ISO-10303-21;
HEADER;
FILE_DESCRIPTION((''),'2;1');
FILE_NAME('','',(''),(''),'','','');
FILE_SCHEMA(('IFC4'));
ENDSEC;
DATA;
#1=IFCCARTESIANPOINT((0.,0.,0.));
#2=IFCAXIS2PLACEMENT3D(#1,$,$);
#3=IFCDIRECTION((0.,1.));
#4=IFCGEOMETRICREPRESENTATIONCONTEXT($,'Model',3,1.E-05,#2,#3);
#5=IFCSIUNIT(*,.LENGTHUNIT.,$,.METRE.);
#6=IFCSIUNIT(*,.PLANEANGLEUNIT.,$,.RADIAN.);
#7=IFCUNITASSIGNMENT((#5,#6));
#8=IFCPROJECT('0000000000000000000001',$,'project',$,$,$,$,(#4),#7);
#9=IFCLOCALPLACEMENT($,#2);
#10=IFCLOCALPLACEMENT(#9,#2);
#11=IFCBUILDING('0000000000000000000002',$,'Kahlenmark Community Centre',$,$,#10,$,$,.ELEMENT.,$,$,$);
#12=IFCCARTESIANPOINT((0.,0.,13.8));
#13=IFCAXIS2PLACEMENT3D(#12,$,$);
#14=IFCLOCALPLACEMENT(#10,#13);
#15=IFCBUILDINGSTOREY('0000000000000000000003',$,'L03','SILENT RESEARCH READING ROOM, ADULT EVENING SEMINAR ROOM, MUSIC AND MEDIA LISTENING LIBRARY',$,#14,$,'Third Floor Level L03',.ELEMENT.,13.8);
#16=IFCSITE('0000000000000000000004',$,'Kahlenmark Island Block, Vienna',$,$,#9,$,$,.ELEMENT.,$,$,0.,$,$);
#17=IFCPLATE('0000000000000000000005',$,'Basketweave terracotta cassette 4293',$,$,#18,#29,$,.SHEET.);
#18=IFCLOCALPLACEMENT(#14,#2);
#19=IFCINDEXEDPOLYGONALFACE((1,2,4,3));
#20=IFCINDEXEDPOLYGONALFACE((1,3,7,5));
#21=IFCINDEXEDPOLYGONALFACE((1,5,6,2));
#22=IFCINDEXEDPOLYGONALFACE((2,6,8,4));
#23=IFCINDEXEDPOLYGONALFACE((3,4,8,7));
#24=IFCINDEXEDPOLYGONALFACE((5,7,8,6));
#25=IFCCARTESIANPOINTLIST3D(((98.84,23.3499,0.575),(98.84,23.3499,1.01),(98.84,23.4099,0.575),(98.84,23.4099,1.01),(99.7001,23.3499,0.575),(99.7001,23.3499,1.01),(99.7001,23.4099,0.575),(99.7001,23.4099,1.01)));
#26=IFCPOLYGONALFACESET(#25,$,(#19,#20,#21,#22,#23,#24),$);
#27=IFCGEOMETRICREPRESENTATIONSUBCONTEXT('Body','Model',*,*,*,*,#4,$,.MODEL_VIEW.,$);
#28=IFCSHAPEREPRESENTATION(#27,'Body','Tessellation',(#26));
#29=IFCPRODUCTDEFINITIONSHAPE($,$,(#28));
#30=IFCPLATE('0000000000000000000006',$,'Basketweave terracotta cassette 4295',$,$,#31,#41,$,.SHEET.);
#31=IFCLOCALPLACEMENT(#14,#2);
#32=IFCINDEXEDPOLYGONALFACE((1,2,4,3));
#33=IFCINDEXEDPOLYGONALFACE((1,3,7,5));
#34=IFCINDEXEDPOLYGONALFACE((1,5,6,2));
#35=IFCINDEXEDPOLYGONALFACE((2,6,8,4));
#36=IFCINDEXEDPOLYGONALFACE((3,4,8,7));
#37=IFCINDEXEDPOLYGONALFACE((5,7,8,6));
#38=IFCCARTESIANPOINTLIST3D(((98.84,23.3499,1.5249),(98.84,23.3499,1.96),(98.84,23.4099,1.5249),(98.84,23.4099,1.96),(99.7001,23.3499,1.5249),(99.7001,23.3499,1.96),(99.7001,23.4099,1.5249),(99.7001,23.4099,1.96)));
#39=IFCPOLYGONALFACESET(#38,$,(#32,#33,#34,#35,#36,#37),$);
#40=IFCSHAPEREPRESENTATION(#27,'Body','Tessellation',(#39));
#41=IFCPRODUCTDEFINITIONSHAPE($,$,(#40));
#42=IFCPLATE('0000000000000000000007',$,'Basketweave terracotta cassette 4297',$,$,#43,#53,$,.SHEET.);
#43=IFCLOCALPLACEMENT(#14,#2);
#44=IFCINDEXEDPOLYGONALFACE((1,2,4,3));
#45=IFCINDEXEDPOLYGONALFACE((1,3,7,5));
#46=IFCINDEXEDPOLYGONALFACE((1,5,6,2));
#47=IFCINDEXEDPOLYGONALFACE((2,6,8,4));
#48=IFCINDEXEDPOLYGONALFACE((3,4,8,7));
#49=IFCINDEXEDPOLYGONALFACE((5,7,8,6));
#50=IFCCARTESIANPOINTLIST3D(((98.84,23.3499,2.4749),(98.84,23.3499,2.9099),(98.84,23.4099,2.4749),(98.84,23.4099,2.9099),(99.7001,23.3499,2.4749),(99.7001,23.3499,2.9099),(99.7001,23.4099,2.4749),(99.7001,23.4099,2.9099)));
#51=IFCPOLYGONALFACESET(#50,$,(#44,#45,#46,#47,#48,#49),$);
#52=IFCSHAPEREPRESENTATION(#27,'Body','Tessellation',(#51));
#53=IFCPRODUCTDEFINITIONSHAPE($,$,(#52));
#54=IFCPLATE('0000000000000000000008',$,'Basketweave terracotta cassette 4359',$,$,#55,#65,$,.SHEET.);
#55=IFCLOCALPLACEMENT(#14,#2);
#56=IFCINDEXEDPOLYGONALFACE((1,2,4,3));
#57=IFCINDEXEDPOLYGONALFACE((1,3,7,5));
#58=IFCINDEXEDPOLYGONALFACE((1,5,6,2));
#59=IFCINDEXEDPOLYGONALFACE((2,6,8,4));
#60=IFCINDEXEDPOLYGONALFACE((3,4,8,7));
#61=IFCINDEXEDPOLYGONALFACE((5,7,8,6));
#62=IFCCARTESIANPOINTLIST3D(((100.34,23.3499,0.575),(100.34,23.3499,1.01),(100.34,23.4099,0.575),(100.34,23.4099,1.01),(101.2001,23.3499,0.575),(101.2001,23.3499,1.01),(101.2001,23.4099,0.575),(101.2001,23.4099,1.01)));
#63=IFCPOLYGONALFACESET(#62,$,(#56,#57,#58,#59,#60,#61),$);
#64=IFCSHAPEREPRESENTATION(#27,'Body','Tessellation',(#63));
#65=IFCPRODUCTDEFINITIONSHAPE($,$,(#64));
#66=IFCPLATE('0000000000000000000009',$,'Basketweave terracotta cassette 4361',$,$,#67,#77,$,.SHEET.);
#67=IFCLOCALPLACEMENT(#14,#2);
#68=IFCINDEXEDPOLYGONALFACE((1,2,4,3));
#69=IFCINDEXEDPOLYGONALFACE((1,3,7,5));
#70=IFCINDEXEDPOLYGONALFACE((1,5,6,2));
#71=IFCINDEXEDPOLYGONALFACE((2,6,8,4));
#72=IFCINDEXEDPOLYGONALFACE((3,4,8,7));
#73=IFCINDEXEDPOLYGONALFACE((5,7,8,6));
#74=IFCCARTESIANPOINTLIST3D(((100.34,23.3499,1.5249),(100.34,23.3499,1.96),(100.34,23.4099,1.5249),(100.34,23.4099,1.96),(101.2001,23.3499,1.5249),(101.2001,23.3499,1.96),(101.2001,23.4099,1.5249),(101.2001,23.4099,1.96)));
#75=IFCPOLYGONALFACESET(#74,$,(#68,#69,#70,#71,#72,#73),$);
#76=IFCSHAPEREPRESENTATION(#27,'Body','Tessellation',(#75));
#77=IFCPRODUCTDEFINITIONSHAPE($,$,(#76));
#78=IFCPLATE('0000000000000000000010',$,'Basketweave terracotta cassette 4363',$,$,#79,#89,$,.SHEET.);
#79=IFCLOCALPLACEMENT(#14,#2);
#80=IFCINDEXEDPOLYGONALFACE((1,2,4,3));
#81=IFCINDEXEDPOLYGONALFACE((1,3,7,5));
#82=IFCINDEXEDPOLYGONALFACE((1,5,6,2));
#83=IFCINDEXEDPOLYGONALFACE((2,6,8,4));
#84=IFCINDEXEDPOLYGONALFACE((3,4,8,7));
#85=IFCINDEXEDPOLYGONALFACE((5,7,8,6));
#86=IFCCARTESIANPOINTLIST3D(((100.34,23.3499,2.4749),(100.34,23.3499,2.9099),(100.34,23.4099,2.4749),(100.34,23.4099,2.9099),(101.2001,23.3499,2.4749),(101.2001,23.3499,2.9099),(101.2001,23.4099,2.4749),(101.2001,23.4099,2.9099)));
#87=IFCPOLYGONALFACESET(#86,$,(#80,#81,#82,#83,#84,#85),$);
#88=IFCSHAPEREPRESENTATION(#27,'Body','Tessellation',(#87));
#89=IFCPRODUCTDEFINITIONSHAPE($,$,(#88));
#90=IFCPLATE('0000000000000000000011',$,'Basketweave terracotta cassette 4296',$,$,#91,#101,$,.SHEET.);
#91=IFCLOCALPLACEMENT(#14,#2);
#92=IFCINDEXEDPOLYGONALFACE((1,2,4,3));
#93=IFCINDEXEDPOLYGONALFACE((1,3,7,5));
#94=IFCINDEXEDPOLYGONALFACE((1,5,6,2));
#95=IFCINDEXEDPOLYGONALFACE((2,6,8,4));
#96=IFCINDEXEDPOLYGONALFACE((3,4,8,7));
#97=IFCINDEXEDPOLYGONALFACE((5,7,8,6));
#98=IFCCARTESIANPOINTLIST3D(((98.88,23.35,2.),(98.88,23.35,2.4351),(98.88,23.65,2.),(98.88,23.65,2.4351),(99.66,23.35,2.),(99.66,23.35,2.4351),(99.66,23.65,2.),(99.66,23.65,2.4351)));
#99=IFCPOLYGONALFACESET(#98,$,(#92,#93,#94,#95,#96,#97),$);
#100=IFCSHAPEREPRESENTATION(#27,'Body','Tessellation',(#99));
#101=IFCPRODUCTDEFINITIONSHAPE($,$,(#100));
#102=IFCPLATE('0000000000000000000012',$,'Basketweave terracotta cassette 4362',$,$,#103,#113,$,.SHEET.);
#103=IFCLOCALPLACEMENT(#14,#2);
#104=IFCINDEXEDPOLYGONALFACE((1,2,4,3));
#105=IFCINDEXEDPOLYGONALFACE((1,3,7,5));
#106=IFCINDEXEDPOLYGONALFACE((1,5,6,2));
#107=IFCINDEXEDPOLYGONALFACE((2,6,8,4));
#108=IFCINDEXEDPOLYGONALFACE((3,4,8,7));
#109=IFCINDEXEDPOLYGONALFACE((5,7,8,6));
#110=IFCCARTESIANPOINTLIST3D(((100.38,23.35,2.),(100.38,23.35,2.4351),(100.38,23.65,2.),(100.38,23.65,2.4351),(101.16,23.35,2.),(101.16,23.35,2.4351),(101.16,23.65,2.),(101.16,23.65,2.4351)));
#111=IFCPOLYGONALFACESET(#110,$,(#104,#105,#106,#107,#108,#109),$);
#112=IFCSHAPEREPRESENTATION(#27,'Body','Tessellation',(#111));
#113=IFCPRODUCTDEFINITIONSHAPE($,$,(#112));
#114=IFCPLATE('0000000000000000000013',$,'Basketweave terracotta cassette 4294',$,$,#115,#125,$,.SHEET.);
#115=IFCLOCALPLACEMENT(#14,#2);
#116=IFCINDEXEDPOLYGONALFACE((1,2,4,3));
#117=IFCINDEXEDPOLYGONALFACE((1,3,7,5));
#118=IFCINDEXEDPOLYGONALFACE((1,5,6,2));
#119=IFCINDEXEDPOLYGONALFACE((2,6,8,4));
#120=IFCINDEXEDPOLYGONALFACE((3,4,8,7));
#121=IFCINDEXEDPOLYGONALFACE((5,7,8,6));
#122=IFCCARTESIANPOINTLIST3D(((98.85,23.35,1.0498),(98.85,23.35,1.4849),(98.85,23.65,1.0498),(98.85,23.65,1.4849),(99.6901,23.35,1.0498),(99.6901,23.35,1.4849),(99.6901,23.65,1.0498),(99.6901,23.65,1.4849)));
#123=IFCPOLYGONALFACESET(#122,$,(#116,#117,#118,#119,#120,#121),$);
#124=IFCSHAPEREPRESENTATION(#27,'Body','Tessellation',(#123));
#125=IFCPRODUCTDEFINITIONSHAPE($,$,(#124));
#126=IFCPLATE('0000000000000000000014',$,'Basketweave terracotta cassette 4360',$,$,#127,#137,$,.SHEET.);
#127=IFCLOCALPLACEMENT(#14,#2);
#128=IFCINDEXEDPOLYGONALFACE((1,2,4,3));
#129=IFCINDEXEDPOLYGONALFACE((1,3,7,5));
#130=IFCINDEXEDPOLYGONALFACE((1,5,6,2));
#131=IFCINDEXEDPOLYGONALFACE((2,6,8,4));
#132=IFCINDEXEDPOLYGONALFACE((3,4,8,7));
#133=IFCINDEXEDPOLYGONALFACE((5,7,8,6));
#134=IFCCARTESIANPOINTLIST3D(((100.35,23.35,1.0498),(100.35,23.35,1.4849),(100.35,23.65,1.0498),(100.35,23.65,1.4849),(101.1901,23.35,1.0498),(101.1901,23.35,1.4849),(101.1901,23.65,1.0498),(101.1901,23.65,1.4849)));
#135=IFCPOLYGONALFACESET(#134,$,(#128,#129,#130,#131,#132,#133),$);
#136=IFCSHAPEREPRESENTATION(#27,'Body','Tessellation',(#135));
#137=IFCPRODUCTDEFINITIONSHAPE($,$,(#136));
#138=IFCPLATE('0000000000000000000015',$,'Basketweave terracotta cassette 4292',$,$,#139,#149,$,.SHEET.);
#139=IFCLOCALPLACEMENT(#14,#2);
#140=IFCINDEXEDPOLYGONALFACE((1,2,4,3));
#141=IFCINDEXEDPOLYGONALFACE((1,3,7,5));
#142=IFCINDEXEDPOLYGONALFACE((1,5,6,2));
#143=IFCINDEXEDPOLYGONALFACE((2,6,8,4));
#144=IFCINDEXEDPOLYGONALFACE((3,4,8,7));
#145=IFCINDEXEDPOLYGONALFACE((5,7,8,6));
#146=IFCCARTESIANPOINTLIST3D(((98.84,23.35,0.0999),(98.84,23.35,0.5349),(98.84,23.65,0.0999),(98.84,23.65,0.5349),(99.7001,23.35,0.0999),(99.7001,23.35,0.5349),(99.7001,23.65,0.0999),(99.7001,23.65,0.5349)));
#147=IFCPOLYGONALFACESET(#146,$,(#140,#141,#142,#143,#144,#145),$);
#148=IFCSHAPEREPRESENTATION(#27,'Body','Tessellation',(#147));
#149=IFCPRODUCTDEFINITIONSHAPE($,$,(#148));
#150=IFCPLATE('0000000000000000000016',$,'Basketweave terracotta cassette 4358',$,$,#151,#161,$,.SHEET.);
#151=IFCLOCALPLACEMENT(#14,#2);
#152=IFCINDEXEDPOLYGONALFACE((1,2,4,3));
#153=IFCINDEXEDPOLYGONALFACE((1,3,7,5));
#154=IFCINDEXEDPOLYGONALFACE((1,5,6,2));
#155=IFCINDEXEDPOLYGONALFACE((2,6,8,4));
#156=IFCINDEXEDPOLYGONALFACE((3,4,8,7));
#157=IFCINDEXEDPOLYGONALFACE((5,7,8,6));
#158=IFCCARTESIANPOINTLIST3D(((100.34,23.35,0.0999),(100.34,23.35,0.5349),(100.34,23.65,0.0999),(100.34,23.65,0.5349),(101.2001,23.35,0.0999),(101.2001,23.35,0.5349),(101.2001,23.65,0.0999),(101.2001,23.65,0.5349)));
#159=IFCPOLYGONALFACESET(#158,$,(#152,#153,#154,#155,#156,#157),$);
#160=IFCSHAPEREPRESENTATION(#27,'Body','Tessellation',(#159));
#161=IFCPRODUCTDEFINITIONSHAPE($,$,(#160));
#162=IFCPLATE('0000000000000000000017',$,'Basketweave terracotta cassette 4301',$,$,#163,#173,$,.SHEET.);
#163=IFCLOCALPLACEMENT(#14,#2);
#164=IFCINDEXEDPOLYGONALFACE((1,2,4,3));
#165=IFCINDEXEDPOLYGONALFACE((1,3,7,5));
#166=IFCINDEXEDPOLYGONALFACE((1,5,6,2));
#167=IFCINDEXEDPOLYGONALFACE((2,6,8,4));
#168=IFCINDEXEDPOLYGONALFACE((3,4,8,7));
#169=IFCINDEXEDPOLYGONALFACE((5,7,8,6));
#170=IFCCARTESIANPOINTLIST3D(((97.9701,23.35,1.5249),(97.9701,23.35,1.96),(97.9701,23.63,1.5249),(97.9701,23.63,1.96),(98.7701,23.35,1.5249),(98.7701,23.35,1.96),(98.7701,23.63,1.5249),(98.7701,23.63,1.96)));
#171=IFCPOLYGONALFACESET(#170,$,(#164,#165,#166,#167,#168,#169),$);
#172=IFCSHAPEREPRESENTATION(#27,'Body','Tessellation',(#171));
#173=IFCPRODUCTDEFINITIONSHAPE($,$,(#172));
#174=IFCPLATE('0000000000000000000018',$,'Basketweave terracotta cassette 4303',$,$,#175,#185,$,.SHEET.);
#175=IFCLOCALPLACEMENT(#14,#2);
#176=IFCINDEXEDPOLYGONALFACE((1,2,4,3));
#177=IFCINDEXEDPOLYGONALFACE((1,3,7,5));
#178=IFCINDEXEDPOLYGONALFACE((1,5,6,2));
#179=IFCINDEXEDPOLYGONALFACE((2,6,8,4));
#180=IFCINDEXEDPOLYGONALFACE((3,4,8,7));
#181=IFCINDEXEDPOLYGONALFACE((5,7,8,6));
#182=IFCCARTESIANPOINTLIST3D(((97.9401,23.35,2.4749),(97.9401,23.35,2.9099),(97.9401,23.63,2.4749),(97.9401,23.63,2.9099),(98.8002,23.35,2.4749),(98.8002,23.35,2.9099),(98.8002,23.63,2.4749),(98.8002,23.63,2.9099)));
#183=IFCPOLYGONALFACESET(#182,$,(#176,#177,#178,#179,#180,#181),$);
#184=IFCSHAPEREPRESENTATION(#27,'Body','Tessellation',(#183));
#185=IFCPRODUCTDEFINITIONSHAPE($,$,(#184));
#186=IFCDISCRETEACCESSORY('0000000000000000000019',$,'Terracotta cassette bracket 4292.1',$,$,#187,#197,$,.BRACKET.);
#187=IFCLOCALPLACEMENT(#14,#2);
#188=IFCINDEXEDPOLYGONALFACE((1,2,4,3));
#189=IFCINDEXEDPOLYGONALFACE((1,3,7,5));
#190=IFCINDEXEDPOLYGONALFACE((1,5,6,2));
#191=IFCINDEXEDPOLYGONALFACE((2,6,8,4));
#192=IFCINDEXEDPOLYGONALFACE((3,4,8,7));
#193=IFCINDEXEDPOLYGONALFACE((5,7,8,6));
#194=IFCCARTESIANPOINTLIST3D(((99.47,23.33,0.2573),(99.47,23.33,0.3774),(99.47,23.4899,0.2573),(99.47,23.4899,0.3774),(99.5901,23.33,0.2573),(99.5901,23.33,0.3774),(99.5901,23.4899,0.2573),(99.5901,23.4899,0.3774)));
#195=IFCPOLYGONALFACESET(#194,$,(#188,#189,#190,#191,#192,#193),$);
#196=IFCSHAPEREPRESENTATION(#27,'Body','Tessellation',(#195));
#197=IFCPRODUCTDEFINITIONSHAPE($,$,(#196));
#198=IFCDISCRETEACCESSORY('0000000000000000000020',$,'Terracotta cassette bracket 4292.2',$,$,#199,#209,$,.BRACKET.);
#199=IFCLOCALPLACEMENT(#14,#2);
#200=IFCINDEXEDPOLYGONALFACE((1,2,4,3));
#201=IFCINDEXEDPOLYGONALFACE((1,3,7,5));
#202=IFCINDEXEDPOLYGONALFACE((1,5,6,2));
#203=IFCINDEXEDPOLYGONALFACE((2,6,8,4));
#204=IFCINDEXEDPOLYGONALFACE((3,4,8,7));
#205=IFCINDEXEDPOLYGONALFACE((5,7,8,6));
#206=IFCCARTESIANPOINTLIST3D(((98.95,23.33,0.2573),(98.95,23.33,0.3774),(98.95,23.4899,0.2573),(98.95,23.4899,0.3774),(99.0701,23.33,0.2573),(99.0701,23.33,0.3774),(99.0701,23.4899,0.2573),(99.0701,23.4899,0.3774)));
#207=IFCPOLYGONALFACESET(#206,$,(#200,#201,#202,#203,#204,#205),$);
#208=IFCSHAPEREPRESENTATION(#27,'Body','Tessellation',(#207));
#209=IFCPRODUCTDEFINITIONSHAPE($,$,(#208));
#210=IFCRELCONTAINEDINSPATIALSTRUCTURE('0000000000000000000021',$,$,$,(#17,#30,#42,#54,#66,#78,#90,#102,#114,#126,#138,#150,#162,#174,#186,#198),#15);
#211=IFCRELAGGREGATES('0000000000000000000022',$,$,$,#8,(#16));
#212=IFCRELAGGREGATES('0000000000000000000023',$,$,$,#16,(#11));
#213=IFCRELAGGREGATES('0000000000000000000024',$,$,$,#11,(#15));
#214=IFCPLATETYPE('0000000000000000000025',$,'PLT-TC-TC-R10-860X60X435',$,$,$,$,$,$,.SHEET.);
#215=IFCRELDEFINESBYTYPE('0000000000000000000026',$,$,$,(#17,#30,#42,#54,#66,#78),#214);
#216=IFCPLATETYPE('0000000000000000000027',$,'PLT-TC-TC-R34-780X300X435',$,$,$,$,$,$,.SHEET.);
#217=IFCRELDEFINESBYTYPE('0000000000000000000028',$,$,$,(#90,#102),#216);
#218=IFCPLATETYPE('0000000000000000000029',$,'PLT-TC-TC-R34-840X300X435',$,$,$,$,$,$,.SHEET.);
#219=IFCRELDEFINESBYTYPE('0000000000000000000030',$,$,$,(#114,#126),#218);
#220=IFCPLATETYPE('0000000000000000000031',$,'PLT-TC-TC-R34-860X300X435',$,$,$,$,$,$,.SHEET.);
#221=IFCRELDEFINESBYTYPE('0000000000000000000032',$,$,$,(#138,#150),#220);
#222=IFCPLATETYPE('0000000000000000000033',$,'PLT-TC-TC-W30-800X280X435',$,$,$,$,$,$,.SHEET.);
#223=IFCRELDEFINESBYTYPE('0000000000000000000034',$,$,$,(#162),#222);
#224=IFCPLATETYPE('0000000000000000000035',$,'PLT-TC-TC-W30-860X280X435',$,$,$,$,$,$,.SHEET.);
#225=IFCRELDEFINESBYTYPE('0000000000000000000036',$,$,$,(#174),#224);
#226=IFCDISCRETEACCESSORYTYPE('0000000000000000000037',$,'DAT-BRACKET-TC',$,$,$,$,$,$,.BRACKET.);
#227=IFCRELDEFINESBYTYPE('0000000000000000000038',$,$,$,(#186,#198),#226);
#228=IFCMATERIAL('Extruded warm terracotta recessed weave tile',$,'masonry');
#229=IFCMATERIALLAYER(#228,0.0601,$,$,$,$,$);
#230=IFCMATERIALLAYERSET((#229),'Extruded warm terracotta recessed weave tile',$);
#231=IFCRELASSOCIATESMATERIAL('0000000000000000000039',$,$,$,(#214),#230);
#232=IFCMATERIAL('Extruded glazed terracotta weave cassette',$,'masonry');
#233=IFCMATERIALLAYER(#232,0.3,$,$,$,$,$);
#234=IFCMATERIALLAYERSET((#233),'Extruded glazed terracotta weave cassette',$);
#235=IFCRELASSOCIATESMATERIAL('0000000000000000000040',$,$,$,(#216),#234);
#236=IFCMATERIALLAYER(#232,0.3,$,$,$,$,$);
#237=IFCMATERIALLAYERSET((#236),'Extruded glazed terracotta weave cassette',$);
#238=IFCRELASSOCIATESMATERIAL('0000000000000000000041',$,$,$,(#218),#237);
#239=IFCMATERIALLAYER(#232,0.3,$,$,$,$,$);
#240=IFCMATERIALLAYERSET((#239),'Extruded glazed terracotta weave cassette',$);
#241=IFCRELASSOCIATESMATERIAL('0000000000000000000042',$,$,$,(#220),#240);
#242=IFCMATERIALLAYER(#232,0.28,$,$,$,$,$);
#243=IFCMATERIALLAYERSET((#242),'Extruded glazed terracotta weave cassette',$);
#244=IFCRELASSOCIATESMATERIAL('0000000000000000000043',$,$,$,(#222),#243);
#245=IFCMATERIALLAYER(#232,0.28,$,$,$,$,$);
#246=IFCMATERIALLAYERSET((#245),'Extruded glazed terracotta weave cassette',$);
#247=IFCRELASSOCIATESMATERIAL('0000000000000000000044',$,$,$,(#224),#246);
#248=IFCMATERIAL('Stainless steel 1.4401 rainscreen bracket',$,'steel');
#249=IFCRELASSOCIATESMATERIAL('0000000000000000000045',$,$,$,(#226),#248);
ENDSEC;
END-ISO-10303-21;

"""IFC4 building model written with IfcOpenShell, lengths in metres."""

from ifc_helpers import new_model, si_unit, direction, frame, origin, origin_2d, place, context, subcontext, project, spatial, rectangle, extrude, material, layer, layer_set, type_object, element, save


model = new_model("IFC4")

# Units and contexts
model_context = context("Model", 3, precision=1e-05, world=origin(), true_north=direction((0.0, 1.0)))
body_context = subcontext(model_context, "Body", "Model", "MODEL_VIEW")
ifc_project = project(units=[si_unit("LENGTHUNIT", "METRE"), si_unit("PLANEANGLEUNIT", "RADIAN")], contexts=[model_context])

# Site, building, storey
site_placement = place(None, origin())
site = spatial("IfcSite", under=ifc_project, at=site_placement, Name="Kahlenmark Island Block, Vienna", CompositionType="ELEMENT", RefElevation=0.0)
building_placement = place(site_placement, origin())
building = spatial("IfcBuilding", under=site, at=building_placement, Name="Kahlenmark Community Centre", CompositionType="ELEMENT")
storey_placement = place(building_placement, frame((0.0, 0.0, 13.8)))
storey = spatial("IfcBuildingStorey", under=building, at=storey_placement, Name="L03", Description="SILENT RESEARCH READING ROOM, ADULT EVENING SEMINAR ROOM, MUSIC AND MEDIA LISTENING LIBRARY", LongName="Third Floor Level L03", CompositionType="ELEMENT", Elevation=13.8)

# Plates
ifc_material_1 = material(Name="Extruded warm terracotta recessed weave tile", Category="masonry")
ifc_layer_1 = layer(ifc_material_1, 0.0601)
ifc_layer_set_1 = layer_set([ifc_layer_1], Name="Extruded warm terracotta recessed weave tile")
plate_type_1 = type_object("IfcPlateType", Name="PLT-TC-TC-R10-860X60X435", PredefinedType="SHEET", material=ifc_layer_set_1)
for number, where, z_axis, x_axis, name in (
    (1, (99.27, 23.3799, 0.575), (0.0, 0.0, 1.0), (-1.0, 0.0, 0.0), "Basketweave terracotta cassette 4293"),
    (2, (99.27, 23.3799, 1.5249), (0.0, 0.0, 1.0), (-1.0, 0.0, 0.0), "Basketweave terracotta cassette 4295"),
    (3, (99.27, 23.3799, 2.4749), (0.0, 0.0, 1.0), (-1.0, 0.0, 0.0), "Basketweave terracotta cassette 4297"),
    (4, (100.77, 23.3799, 0.575), (0.0, 0.0, 1.0), (-1.0, 0.0, 0.0), "Basketweave terracotta cassette 4359"),
    (5, (100.77, 23.3799, 1.5249), (0.0, 0.0, 1.0), (-1.0, 0.0, 0.0), "Basketweave terracotta cassette 4361"),
    (6, (100.77, 23.3799, 2.4749), (0.0, 0.0, 1.0), (-1.0, 0.0, 0.0), "Basketweave terracotta cassette 4363"),
):
    element("IfcPlate", number, at=place(storey_placement, frame(where, z_axis=z_axis, x_axis=x_axis)), inside=storey, type_object=plate_type_1, Name=name, PredefinedType="SHEET", context=body_context, shape_type="SweptSolid", body=[
        extrude(rectangle(XDim=0.8601, YDim=0.0601, at=origin_2d()), origin(), (0.0, 0.0, 1.0), 0.4351),
    ])
ifc_material_2 = material(Name="Extruded glazed terracotta weave cassette", Category="masonry")
ifc_layer_2 = layer(ifc_material_2, 0.3)
ifc_layer_set_2 = layer_set([ifc_layer_2], Name="Extruded glazed terracotta weave cassette")
plate_type_2 = type_object("IfcPlateType", Name="PLT-TC-TC-R34-780X300X435", PredefinedType="SHEET", material=ifc_layer_set_2)
for number, where, z_axis, x_axis, name in (
    (7, (99.27, 23.5, 2.0), (0.0, 0.0, 1.0), (-1.0, 0.0, 0.0), "Basketweave terracotta cassette 4296"),
    (8, (100.77, 23.5, 2.0), (0.0, 0.0, 1.0), (-1.0, 0.0, 0.0), "Basketweave terracotta cassette 4362"),
):
    element("IfcPlate", number, at=place(storey_placement, frame(where, z_axis=z_axis, x_axis=x_axis)), inside=storey, type_object=plate_type_2, Name=name, PredefinedType="SHEET", context=body_context, shape_type="SweptSolid", body=[
        extrude(rectangle(XDim=0.78, YDim=0.3, at=origin_2d()), origin(), (0.0, 0.0, 1.0), 0.4351),
    ])
ifc_layer_3 = layer(ifc_material_2, 0.3)
ifc_layer_set_3 = layer_set([ifc_layer_3], Name="Extruded glazed terracotta weave cassette")
plate_type_3 = type_object("IfcPlateType", Name="PLT-TC-TC-R34-840X300X435", PredefinedType="SHEET", material=ifc_layer_set_3)
for number, where, z_axis, x_axis, name in (
    (9, (99.27, 23.5, 1.0498), (0.0, 0.0, 1.0), (-1.0, 0.0, 0.0), "Basketweave terracotta cassette 4294"),
    (10, (100.77, 23.5, 1.0498), (0.0, 0.0, 1.0), (-1.0, 0.0, 0.0), "Basketweave terracotta cassette 4360"),
):
    element("IfcPlate", number, at=place(storey_placement, frame(where, z_axis=z_axis, x_axis=x_axis)), inside=storey, type_object=plate_type_3, Name=name, PredefinedType="SHEET", context=body_context, shape_type="SweptSolid", body=[
        extrude(rectangle(XDim=0.8401, YDim=0.3, at=origin_2d()), origin(), (0.0, 0.0, 1.0), 0.4351),
    ])
ifc_layer_4 = layer(ifc_material_2, 0.3)
ifc_layer_set_4 = layer_set([ifc_layer_4], Name="Extruded glazed terracotta weave cassette")
plate_type_4 = type_object("IfcPlateType", Name="PLT-TC-TC-R34-860X300X435", PredefinedType="SHEET", material=ifc_layer_set_4)
for number, where, z_axis, x_axis, name in (
    (11, (99.27, 23.5, 0.0999), (0.0, 0.0, 1.0), (-1.0, 0.0, 0.0), "Basketweave terracotta cassette 4292"),
    (12, (100.77, 23.5, 0.0999), (0.0, 0.0, 1.0), (-1.0, 0.0, 0.0), "Basketweave terracotta cassette 4358"),
):
    element("IfcPlate", number, at=place(storey_placement, frame(where, z_axis=z_axis, x_axis=x_axis)), inside=storey, type_object=plate_type_4, Name=name, PredefinedType="SHEET", context=body_context, shape_type="SweptSolid", body=[
        extrude(rectangle(XDim=0.8601, YDim=0.3, at=origin_2d()), origin(), (0.0, 0.0, 1.0), 0.4351),
    ])
ifc_layer_5 = layer(ifc_material_2, 0.28)
ifc_layer_set_5 = layer_set([ifc_layer_5], Name="Extruded glazed terracotta weave cassette")
plate_type_5 = type_object("IfcPlateType", Name="PLT-TC-TC-W30-800X280X435", PredefinedType="SHEET", material=ifc_layer_set_5)
plate_1_placement = place(storey_placement, frame((98.3701, 23.49, 1.5249), z_axis=(0.0, 0.0, 1.0), x_axis=(-1.0, 0.0, 0.0)))
element("IfcPlate", 13, at=plate_1_placement, inside=storey, type_object=plate_type_5, Name="Basketweave terracotta cassette 4301", PredefinedType="SHEET", context=body_context, shape_type="SweptSolid", body=[
    extrude(rectangle(XDim=0.8, YDim=0.28, at=origin_2d()), origin(), (0.0, 0.0, 1.0), 0.4351),
])
ifc_layer_6 = layer(ifc_material_2, 0.28)
ifc_layer_set_6 = layer_set([ifc_layer_6], Name="Extruded glazed terracotta weave cassette")
plate_type_6 = type_object("IfcPlateType", Name="PLT-TC-TC-W30-860X280X435", PredefinedType="SHEET", material=ifc_layer_set_6)
plate_2_placement = place(storey_placement, frame((98.3701, 23.49, 2.4749), z_axis=(0.0, 0.0, 1.0), x_axis=(-1.0, 0.0, 0.0)))
element("IfcPlate", 14, at=plate_2_placement, inside=storey, type_object=plate_type_6, Name="Basketweave terracotta cassette 4303", PredefinedType="SHEET", context=body_context, shape_type="SweptSolid", body=[
    extrude(rectangle(XDim=0.8601, YDim=0.28, at=origin_2d()), origin(), (0.0, 0.0, 1.0), 0.4351),
])

# Discrete accessories
ifc_material_3 = material(Name="Stainless steel 1.4401 rainscreen bracket", Category="steel")
discrete_accessory_type = type_object("IfcDiscreteAccessoryType", Name="DAT-BRACKET-TC", PredefinedType="BRACKET", material=ifc_material_3)
for number, where, z_axis, x_axis, name in (
    (15, (99.53, 23.4099, 0.2573), (0.0, 0.0, 1.0), (-1.0, 0.0, 0.0), "Terracotta cassette bracket 4292.1"),
    (16, (99.01, 23.4099, 0.2573), (0.0, 0.0, 1.0), (-1.0, 0.0, 0.0), "Terracotta cassette bracket 4292.2"),
):
    element("IfcDiscreteAccessory", number, at=place(storey_placement, frame(where, z_axis=z_axis, x_axis=x_axis)), inside=storey, type_object=discrete_accessory_type, Name=name, PredefinedType="BRACKET", context=body_context, shape_type="SweptSolid", body=[
        extrude(rectangle(XDim=0.1201, YDim=0.1599, at=origin_2d()), origin(), (0.0, 0.0, 1.0), 0.1201),
    ])

save(model, "model.ifc")
